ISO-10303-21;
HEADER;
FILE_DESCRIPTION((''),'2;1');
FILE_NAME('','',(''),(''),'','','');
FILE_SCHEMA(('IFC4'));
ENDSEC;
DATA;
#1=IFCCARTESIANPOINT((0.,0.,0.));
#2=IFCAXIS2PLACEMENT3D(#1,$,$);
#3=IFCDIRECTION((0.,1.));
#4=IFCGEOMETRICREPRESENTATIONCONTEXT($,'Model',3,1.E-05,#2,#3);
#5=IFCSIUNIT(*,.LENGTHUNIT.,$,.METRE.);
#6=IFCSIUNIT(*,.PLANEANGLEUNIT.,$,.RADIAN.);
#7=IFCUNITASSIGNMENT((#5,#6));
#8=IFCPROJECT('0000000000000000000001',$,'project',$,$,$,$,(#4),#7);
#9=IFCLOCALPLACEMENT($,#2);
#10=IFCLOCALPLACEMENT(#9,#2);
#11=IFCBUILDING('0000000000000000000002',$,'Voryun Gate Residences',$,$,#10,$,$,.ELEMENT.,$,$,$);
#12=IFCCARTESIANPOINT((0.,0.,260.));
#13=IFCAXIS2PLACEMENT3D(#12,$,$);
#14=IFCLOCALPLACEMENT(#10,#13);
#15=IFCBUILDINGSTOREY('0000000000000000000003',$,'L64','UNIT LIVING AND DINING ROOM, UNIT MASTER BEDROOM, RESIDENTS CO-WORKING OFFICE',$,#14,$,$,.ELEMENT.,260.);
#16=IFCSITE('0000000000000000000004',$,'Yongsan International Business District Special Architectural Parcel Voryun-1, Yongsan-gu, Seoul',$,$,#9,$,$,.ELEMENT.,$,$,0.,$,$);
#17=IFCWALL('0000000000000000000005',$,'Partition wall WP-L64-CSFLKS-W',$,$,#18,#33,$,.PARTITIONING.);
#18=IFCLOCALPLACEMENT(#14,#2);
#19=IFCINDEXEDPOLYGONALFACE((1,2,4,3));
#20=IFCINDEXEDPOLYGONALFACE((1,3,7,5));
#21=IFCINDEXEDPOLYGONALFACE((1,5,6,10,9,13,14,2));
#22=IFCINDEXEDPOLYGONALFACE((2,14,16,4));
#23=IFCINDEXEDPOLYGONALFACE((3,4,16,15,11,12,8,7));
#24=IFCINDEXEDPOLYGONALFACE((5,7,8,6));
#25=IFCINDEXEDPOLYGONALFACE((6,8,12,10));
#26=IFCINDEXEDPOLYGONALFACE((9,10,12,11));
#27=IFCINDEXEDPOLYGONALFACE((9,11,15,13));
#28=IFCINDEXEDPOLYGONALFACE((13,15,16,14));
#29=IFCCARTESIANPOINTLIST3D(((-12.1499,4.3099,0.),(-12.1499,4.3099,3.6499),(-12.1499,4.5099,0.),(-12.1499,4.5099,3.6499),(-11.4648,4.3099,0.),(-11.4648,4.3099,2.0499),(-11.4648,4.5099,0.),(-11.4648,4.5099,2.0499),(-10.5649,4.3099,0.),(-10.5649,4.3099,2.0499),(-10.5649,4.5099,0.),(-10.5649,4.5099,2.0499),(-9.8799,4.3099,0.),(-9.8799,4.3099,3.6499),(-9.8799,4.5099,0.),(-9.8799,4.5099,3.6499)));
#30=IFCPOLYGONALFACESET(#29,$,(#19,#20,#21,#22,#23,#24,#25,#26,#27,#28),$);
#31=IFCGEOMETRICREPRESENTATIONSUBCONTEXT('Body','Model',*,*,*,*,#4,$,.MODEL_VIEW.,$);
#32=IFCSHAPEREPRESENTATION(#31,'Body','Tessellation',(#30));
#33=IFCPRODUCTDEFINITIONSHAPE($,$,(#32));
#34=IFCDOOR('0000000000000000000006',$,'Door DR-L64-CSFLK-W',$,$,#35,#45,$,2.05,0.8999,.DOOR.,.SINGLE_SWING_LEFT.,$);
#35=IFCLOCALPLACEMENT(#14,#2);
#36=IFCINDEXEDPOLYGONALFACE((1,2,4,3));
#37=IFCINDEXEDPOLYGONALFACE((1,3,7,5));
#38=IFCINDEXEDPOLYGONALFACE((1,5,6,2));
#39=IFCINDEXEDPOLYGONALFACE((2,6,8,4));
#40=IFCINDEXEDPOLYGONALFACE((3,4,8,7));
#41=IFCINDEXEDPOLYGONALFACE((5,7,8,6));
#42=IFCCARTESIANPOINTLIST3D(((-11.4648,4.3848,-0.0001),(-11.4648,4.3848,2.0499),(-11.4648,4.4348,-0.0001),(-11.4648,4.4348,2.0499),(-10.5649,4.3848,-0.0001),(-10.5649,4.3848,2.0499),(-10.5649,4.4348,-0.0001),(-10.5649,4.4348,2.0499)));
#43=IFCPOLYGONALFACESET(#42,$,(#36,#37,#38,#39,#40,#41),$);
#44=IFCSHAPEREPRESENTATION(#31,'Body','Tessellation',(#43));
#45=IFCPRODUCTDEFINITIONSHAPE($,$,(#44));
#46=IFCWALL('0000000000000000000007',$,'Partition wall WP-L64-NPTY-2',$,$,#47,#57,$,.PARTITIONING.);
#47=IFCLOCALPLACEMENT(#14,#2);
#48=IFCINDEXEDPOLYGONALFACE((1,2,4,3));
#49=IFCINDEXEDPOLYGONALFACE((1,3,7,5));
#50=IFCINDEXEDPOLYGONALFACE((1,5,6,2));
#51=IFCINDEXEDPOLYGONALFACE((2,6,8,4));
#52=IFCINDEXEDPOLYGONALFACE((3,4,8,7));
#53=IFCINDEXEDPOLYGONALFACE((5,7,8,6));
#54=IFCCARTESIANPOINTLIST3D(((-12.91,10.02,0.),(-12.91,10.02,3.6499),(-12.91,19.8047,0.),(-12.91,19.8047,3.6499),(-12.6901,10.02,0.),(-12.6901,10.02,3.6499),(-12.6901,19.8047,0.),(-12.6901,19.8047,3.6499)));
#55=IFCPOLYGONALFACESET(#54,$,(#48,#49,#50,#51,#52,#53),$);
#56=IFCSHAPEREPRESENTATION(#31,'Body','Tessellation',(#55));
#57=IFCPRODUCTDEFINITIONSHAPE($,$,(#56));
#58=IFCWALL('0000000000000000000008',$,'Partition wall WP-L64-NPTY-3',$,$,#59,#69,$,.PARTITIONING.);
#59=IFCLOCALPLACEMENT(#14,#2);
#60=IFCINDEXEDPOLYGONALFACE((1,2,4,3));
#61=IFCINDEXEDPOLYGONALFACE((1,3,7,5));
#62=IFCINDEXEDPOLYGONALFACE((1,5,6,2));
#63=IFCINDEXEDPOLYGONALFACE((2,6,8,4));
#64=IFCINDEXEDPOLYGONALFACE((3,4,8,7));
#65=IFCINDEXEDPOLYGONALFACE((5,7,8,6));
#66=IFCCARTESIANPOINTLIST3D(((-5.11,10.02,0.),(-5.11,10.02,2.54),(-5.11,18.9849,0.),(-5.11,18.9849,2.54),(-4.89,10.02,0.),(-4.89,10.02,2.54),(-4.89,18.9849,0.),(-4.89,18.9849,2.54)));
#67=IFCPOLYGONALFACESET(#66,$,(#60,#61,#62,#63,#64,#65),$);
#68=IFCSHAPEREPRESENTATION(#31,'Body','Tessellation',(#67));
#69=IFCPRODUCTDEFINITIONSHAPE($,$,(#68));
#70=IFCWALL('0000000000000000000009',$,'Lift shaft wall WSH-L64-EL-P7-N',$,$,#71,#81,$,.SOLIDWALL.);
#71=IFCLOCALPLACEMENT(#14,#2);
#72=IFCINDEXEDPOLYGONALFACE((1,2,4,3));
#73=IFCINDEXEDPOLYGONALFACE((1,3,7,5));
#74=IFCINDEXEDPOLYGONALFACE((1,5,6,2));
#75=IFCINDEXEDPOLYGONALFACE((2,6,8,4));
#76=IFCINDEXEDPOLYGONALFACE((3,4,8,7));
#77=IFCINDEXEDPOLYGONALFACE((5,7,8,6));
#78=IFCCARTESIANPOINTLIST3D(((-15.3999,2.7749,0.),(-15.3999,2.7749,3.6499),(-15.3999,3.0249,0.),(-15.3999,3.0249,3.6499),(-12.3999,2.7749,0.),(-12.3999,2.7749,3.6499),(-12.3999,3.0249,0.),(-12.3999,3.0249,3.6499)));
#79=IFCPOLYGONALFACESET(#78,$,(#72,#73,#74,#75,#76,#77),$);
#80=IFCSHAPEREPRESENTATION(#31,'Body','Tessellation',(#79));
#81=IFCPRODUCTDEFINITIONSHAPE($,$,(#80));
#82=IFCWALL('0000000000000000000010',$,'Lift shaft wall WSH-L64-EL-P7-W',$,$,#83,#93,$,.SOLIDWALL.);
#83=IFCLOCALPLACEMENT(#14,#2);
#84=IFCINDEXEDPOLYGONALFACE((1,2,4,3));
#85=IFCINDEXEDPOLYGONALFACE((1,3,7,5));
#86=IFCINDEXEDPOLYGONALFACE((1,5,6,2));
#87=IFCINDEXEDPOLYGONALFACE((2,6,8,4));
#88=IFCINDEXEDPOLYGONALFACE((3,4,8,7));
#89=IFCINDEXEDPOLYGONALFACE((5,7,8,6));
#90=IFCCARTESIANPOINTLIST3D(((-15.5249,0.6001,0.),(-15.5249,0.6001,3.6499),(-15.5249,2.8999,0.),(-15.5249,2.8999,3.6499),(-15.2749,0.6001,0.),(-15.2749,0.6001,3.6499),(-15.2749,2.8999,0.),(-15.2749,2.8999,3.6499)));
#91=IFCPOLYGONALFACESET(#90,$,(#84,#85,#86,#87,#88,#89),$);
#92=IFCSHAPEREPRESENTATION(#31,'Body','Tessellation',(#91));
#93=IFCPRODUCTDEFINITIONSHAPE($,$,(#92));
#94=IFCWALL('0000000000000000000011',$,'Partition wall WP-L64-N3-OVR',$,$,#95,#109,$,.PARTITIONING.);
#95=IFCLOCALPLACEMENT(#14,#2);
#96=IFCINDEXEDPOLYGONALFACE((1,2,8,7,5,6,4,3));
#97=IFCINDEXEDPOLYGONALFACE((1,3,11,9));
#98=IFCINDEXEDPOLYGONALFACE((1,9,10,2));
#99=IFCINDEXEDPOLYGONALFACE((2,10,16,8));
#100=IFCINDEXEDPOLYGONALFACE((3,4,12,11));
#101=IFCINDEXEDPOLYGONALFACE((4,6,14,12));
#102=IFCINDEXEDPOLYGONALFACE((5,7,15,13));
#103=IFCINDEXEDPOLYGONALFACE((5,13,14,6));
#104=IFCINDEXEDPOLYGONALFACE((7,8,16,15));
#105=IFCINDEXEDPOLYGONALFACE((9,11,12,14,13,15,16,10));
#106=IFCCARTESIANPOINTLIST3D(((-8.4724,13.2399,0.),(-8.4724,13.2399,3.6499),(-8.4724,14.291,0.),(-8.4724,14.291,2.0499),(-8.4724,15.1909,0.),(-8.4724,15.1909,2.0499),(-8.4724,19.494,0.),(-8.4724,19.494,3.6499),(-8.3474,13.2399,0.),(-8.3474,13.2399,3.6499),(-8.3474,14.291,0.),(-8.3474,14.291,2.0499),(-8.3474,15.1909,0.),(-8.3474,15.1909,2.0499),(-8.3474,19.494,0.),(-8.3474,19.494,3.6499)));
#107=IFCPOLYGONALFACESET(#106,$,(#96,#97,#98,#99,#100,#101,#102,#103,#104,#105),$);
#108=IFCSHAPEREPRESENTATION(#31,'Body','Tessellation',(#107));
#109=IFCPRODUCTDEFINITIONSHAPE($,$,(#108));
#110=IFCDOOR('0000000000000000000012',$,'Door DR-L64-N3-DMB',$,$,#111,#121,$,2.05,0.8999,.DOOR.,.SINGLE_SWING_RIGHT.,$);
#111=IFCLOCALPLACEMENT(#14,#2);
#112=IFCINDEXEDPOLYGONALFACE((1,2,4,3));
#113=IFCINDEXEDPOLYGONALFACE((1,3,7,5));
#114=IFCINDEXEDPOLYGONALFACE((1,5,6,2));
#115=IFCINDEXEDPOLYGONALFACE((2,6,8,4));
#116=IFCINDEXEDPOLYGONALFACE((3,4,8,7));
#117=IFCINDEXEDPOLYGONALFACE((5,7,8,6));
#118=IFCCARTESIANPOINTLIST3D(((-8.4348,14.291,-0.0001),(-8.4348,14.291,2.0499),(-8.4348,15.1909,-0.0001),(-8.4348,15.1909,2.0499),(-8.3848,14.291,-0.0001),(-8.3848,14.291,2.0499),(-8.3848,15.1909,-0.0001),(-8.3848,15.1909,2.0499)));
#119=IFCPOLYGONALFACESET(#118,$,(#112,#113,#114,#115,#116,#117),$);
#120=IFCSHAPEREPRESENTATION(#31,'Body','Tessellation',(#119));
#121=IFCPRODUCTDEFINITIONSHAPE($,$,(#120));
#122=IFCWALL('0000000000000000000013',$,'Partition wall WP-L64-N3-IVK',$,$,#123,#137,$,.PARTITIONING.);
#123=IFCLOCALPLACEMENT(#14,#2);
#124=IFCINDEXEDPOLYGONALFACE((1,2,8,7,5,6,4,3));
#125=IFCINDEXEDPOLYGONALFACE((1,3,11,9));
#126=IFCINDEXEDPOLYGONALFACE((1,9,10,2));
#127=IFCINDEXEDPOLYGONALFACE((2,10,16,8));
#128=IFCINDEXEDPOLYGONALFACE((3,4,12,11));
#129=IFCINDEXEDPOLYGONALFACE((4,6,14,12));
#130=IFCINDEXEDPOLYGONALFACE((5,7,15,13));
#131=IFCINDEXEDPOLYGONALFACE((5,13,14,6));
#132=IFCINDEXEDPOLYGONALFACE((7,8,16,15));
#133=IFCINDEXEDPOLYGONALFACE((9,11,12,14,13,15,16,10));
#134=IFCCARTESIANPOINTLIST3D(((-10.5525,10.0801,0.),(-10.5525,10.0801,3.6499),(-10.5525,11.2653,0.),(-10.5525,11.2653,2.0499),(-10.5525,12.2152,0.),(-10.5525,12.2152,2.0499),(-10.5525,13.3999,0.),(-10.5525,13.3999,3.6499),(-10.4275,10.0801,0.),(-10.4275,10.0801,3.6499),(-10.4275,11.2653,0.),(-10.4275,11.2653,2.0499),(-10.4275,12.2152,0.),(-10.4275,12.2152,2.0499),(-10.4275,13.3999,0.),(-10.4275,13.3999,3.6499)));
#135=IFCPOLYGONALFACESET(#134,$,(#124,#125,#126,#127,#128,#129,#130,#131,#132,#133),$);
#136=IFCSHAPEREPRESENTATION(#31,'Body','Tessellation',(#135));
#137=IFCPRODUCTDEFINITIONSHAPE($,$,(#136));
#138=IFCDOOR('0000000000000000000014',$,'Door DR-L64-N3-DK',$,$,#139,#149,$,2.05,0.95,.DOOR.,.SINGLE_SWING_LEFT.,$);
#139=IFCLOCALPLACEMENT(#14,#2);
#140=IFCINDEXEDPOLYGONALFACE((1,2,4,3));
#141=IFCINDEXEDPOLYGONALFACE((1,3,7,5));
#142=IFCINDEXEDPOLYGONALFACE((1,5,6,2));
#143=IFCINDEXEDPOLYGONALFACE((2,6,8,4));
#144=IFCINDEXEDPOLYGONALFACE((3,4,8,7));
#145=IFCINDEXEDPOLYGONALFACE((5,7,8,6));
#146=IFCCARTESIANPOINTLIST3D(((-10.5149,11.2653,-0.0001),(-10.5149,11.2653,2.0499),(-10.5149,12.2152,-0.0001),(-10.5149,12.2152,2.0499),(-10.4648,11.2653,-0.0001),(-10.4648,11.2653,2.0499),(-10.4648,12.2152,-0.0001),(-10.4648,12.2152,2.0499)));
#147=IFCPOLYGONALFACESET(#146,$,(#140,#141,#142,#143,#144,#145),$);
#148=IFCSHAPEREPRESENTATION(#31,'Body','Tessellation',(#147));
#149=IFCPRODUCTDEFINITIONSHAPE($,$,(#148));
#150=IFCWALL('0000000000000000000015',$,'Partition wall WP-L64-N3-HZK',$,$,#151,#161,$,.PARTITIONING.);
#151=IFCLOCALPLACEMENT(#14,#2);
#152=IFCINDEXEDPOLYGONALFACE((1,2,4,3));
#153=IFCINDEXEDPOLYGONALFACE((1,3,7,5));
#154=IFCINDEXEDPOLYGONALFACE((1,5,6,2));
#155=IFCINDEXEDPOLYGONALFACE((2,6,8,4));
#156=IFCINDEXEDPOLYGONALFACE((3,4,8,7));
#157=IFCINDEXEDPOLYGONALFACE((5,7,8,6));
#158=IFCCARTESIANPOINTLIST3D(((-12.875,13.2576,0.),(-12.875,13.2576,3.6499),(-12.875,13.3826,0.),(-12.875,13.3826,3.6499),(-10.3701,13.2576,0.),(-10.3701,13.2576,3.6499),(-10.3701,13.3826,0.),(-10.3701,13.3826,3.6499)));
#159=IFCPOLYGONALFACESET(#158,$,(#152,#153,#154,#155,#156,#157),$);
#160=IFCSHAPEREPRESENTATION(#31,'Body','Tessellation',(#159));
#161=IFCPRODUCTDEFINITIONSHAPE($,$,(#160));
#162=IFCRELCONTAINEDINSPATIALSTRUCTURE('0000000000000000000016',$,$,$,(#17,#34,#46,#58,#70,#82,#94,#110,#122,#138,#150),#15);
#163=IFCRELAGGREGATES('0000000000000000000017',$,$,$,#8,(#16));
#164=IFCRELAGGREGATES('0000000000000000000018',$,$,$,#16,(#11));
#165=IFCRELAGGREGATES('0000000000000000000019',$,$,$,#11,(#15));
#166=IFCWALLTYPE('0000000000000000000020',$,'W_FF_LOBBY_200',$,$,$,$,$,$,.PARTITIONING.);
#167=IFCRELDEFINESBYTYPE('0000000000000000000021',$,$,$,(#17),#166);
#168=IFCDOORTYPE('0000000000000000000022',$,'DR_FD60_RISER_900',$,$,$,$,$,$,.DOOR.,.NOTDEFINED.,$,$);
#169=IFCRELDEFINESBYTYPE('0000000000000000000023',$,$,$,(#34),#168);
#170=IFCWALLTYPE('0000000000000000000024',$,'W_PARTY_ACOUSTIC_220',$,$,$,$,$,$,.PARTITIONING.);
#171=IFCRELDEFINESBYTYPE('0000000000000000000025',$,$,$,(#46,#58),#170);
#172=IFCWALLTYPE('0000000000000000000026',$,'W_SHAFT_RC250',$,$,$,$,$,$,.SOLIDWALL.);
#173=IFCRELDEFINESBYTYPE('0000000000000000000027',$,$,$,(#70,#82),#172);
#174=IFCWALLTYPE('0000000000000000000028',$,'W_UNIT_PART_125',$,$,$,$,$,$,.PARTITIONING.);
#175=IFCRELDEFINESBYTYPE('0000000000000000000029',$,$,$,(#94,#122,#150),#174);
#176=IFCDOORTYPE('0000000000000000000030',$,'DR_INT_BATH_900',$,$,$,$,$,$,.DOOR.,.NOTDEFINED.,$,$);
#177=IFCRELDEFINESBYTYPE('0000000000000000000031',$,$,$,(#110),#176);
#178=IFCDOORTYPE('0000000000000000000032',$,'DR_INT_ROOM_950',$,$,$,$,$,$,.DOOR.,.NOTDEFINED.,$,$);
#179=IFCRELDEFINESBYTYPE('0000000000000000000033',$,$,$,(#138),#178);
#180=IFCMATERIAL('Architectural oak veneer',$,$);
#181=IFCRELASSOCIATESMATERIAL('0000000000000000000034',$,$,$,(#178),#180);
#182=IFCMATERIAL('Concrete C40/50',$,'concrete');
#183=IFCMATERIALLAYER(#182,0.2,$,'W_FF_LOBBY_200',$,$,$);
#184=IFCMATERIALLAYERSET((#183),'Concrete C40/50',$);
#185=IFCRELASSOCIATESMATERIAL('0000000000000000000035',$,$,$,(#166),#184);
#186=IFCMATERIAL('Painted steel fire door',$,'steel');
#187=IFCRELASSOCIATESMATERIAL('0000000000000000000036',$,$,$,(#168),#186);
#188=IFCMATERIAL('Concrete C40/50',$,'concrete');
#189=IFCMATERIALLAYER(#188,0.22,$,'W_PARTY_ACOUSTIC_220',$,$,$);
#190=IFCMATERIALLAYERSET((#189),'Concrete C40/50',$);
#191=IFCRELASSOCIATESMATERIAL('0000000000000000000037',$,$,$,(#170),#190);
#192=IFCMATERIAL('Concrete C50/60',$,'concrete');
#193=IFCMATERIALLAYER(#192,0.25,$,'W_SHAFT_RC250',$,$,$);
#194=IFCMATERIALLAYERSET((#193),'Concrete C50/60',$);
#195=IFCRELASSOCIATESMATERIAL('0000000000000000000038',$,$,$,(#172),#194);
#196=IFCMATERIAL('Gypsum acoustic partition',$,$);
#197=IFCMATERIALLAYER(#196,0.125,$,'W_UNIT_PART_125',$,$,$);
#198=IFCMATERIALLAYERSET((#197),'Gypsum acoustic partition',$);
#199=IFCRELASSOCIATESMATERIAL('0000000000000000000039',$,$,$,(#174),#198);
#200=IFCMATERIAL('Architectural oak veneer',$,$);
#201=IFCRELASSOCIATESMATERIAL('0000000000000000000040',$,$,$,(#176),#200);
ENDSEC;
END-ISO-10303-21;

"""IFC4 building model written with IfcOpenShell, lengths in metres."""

from ifc_helpers import new_model, si_unit, direction, frame, frame_2d, origin, place, context, subcontext, project, spatial, rectangle, extrude, material, layer, layer_set, type_object, element, fill, save


model = new_model("IFC4")

# Units and contexts
model_context = context("Model", 3, precision=1e-05, world=origin(), true_north=direction((0.0, 1.0)))
body_context = subcontext(model_context, "Body", "Model", "MODEL_VIEW")
ifc_project = project(units=[si_unit("LENGTHUNIT", "METRE"), si_unit("PLANEANGLEUNIT", "RADIAN")], contexts=[model_context])

# Site, building, storey
site_placement = place(None, origin())
site = spatial("IfcSite", under=ifc_project, at=site_placement, Name="Yongsan International Business District Special Architectural Parcel Voryun-1, Yongsan-gu, Seoul", CompositionType="ELEMENT", RefElevation=0.0)
building_placement = place(site_placement, origin())
building = spatial("IfcBuilding", under=site, at=building_placement, Name="Voryun Gate Residences", CompositionType="ELEMENT")
storey_placement = place(building_placement, frame((0.0, 0.0, 260.0)))
storey = spatial("IfcBuildingStorey", under=building, at=storey_placement, Name="L64", Description="UNIT LIVING AND DINING ROOM, UNIT MASTER BEDROOM, RESIDENTS CO-WORKING OFFICE", CompositionType="ELEMENT", Elevation=260.0)

# Wall, opening, door
ifc_material_1 = material(Name="Architectural oak veneer")
door_type_1 = type_object("IfcDoorType", Name="DR_INT_ROOM_950", OperationType="NOTDEFINED", PredefinedType="DOOR", material=ifc_material_1)
ifc_material_2 = material(Name="Concrete C40/50", Category="concrete")
ifc_layer_1 = layer(ifc_material_2, 0.2, Name="W_FF_LOBBY_200")
ifc_layer_set_1 = layer_set([ifc_layer_1], Name="Concrete C40/50")
wall_type_1 = type_object("IfcWallType", Name="W_FF_LOBBY_200", PredefinedType="PARTITIONING", material=ifc_layer_set_1)
wall_1_placement = place(storey_placement, frame((-12.1499, 4.4099, 0.0), z_axis=(0.0, 0.0, 1.0), x_axis=(1.0, 0.0, 0.0)))
wall_1 = element("IfcWall", 1, at=wall_1_placement, inside=storey, type_object=wall_type_1, Name="Partition wall WP-L64-CSFLKS-W", PredefinedType="PARTITIONING", context=body_context, shape_type="SweptSolid", body=[
    extrude(rectangle(XDim=2.27, YDim=0.2, at=frame_2d((1.135, 0.0))), origin(), (0.0, 0.0, 1.0), 3.6499),
])
opening_1_placement = place(wall_1_placement, frame((0.6851, 0.0, 0.0)))
opening_1 = element("IfcOpeningElement", 2, at=opening_1_placement, cuts=wall_1, PredefinedType="OPENING", context=body_context, shape_type="SweptSolid", body=[
    extrude(rectangle(XDim=0.8999, YDim=2.05, at=frame_2d((0.45, 1.0249))), frame((0.0, 0.1101, 0.0), z_axis=(0.0, -1.0, 0.0), x_axis=(1.0, 0.0, 0.0)), (0.0, 0.0, 1.0), 0.22),
])
ifc_material_3 = material(Name="Painted steel fire door", Category="steel")
door_type_2 = type_object("IfcDoorType", Name="DR_FD60_RISER_900", OperationType="NOTDEFINED", PredefinedType="DOOR", material=ifc_material_3)
door_1_placement = place(opening_1_placement, origin())
door_1 = element("IfcDoor", 3, at=door_1_placement, inside=storey, type_object=door_type_2, Name="Door DR-L64-CSFLK-W", OperationType="SINGLE_SWING_LEFT", OverallHeight=2.05, OverallWidth=0.8999, PredefinedType="DOOR", context=body_context, shape_type="SweptSolid", body=[
    extrude(rectangle(XDim=0.8999, YDim=2.05, at=frame_2d((0.45, 1.0249))), frame((0.0, 0.0249, 0.0), z_axis=(0.0, -1.0, 0.0), x_axis=(1.0, 0.0, 0.0)), (0.0, 0.0, 1.0), 0.05),
])
fill(opening_1, door_1)

# Walls
ifc_material_4 = material(Name="Concrete C40/50", Category="concrete")
ifc_layer_2 = layer(ifc_material_4, 0.22, Name="W_PARTY_ACOUSTIC_220")
ifc_layer_set_2 = layer_set([ifc_layer_2], Name="Concrete C40/50")
wall_type_2 = type_object("IfcWallType", Name="W_PARTY_ACOUSTIC_220", PredefinedType="PARTITIONING", material=ifc_layer_set_2)
wall_2_placement = place(storey_placement, frame((-12.8, 10.02, 0.0), z_axis=(0.0, 0.0, 1.0), x_axis=(0.0, 1.0, 0.0)))
element("IfcWall", 4, at=wall_2_placement, inside=storey, type_object=wall_type_2, Name="Partition wall WP-L64-NPTY-2", PredefinedType="PARTITIONING", context=body_context, shape_type="SweptSolid", body=[
    extrude(rectangle(XDim=9.7847, YDim=0.22, at=frame_2d((4.8923, 0.0))), origin(), (0.0, 0.0, 1.0), 3.6499),
])
wall_3_placement = place(storey_placement, frame((-5.0, 10.02, 0.0), z_axis=(0.0, 0.0, 1.0), x_axis=(0.0, 1.0, 0.0)))
element("IfcWall", 5, at=wall_3_placement, inside=storey, type_object=wall_type_2, Name="Partition wall WP-L64-NPTY-3", PredefinedType="PARTITIONING", context=body_context, shape_type="SweptSolid", body=[
    extrude(rectangle(XDim=8.9648, YDim=0.22, at=frame_2d((4.4824, 0.0))), origin(), (0.0, 0.0, 1.0), 2.54),
])
ifc_material_5 = material(Name="Concrete C50/60", Category="concrete")
ifc_layer_3 = layer(ifc_material_5, 0.25, Name="W_SHAFT_RC250")
ifc_layer_set_3 = layer_set([ifc_layer_3], Name="Concrete C50/60")
wall_type_3 = type_object("IfcWallType", Name="W_SHAFT_RC250", PredefinedType="SOLIDWALL", material=ifc_layer_set_3)
wall_4_placement = place(storey_placement, frame((-12.3999, 2.8999, 0.0), z_axis=(0.0, 0.0, 1.0), x_axis=(-1.0, 0.0, 0.0)))
element("IfcWall", 6, at=wall_4_placement, inside=storey, type_object=wall_type_3, Name="Lift shaft wall WSH-L64-EL-P7-N", PredefinedType="SOLIDWALL", context=body_context, shape_type="SweptSolid", body=[
    extrude(rectangle(XDim=3.0, YDim=0.25, at=frame_2d((1.5, 0.0))), origin(), (0.0, 0.0, 1.0), 3.6499),
])
wall_5_placement = place(storey_placement, frame((-15.3999, 2.8999, 0.0), z_axis=(0.0, 0.0, 1.0), x_axis=(0.0, -1.0, 0.0)))
element("IfcWall", 7, at=wall_5_placement, inside=storey, type_object=wall_type_3, Name="Lift shaft wall WSH-L64-EL-P7-W", PredefinedType="SOLIDWALL", context=body_context, shape_type="SweptSolid", body=[
    extrude(rectangle(XDim=2.2998, YDim=0.25, at=frame_2d((1.1499, 0.0))), origin(), (0.0, 0.0, 1.0), 3.6499),
])

# Walls, openings, doors
ifc_material_6 = material(Name="Gypsum acoustic partition")
ifc_layer_4 = layer(ifc_material_6, 0.125, Name="W_UNIT_PART_125")
ifc_layer_set_4 = layer_set([ifc_layer_4], Name="Gypsum acoustic partition")
wall_type_4 = type_object("IfcWallType", Name="W_UNIT_PART_125", PredefinedType="PARTITIONING", material=ifc_layer_set_4)
wall_6_placement = place(storey_placement, frame((-8.4099, 13.24, 0.0), z_axis=(0.0, 0.0, 1.0), x_axis=(0.0, 1.0, 0.0)))
wall_6 = element("IfcWall", 8, at=wall_6_placement, inside=storey, type_object=wall_type_4, Name="Partition wall WP-L64-N3-OVR", PredefinedType="PARTITIONING", context=body_context, shape_type="SweptSolid", body=[
    extrude(rectangle(XDim=6.2542, YDim=0.125, at=frame_2d((3.127, 0.0))), origin(), (0.0, 0.0, 1.0), 3.6499),
])
opening_2_placement = place(wall_6_placement, frame((1.051, 0.0, 0.0)))
opening_2 = element("IfcOpeningElement", 9, at=opening_2_placement, cuts=wall_6, PredefinedType="OPENING", context=body_context, shape_type="SweptSolid", body=[
    extrude(rectangle(XDim=0.8999, YDim=2.05, at=frame_2d((0.45, 1.0249))), frame((0.0, 0.0725, 0.0), z_axis=(0.0, -1.0, 0.0), x_axis=(1.0, 0.0, 0.0)), (0.0, 0.0, 1.0), 0.145),
])
ifc_material_7 = material(Name="Architectural oak veneer")
door_type_3 = type_object("IfcDoorType", Name="DR_INT_BATH_900", OperationType="NOTDEFINED", PredefinedType="DOOR", material=ifc_material_7)
door_2_placement = place(opening_2_placement, origin())
door_2 = element("IfcDoor", 10, at=door_2_placement, inside=storey, type_object=door_type_3, Name="Door DR-L64-N3-DMB", OperationType="SINGLE_SWING_RIGHT", OverallHeight=2.05, OverallWidth=0.8999, PredefinedType="DOOR", context=body_context, shape_type="SweptSolid", body=[
    extrude(rectangle(XDim=0.8999, YDim=2.05, at=frame_2d((0.45, 1.0249))), frame((0.0, 0.0249, 0.0), z_axis=(0.0, -1.0, 0.0), x_axis=(1.0, 0.0, 0.0)), (0.0, 0.0, 1.0), 0.05),
])
fill(opening_2, door_2)
wall_7_placement = place(storey_placement, frame((-10.49, 10.0801, 0.0), z_axis=(0.0, 0.0, 1.0), x_axis=(0.0, 1.0, 0.0)))
wall_7 = element("IfcWall", 11, at=wall_7_placement, inside=storey, type_object=wall_type_4, Name="Partition wall WP-L64-N3-IVK", PredefinedType="PARTITIONING", context=body_context, shape_type="SweptSolid", body=[
    extrude(rectangle(XDim=3.3198, YDim=0.125, at=frame_2d((1.6599, 0.0))), origin(), (0.0, 0.0, 1.0), 3.6499),
])
opening_3_placement = place(wall_7_placement, frame((1.1851, 0.0, 0.0)))
opening_3 = element("IfcOpeningElement", 12, at=opening_3_placement, cuts=wall_7, PredefinedType="OPENING", context=body_context, shape_type="SweptSolid", body=[
    extrude(rectangle(XDim=0.95, YDim=2.05, at=frame_2d((0.4751, 1.0249))), frame((0.0, 0.0725, 0.0), z_axis=(0.0, -1.0, 0.0), x_axis=(1.0, 0.0, 0.0)), (0.0, 0.0, 1.0), 0.145),
])
door_3_placement = place(opening_3_placement, origin())
door_3 = element("IfcDoor", 13, at=door_3_placement, inside=storey, type_object=door_type_1, Name="Door DR-L64-N3-DK", OperationType="SINGLE_SWING_LEFT", OverallHeight=2.05, OverallWidth=0.95, PredefinedType="DOOR", context=body_context, shape_type="SweptSolid", body=[
    extrude(rectangle(XDim=0.95, YDim=2.05, at=frame_2d((0.4751, 1.0249))), frame((0.0, 0.0249, 0.0), z_axis=(0.0, -1.0, 0.0), x_axis=(1.0, 0.0, 0.0)), (0.0, 0.0, 1.0), 0.05),
])
fill(opening_3, door_3)

# Wall
wall_8_placement = place(storey_placement, frame((-12.875, 13.3201, 0.0), z_axis=(0.0, 0.0, 1.0), x_axis=(1.0, 0.0, 0.0)))
element("IfcWall", 14, at=wall_8_placement, inside=storey, type_object=wall_type_4, Name="Partition wall WP-L64-N3-HZK", PredefinedType="PARTITIONING", context=body_context, shape_type="SweptSolid", body=[
    extrude(rectangle(XDim=2.5049, YDim=0.125, at=frame_2d((1.2524, 0.0))), origin(), (0.0, 0.0, 1.0), 3.6499),
])

save(model, "model.ifc")
